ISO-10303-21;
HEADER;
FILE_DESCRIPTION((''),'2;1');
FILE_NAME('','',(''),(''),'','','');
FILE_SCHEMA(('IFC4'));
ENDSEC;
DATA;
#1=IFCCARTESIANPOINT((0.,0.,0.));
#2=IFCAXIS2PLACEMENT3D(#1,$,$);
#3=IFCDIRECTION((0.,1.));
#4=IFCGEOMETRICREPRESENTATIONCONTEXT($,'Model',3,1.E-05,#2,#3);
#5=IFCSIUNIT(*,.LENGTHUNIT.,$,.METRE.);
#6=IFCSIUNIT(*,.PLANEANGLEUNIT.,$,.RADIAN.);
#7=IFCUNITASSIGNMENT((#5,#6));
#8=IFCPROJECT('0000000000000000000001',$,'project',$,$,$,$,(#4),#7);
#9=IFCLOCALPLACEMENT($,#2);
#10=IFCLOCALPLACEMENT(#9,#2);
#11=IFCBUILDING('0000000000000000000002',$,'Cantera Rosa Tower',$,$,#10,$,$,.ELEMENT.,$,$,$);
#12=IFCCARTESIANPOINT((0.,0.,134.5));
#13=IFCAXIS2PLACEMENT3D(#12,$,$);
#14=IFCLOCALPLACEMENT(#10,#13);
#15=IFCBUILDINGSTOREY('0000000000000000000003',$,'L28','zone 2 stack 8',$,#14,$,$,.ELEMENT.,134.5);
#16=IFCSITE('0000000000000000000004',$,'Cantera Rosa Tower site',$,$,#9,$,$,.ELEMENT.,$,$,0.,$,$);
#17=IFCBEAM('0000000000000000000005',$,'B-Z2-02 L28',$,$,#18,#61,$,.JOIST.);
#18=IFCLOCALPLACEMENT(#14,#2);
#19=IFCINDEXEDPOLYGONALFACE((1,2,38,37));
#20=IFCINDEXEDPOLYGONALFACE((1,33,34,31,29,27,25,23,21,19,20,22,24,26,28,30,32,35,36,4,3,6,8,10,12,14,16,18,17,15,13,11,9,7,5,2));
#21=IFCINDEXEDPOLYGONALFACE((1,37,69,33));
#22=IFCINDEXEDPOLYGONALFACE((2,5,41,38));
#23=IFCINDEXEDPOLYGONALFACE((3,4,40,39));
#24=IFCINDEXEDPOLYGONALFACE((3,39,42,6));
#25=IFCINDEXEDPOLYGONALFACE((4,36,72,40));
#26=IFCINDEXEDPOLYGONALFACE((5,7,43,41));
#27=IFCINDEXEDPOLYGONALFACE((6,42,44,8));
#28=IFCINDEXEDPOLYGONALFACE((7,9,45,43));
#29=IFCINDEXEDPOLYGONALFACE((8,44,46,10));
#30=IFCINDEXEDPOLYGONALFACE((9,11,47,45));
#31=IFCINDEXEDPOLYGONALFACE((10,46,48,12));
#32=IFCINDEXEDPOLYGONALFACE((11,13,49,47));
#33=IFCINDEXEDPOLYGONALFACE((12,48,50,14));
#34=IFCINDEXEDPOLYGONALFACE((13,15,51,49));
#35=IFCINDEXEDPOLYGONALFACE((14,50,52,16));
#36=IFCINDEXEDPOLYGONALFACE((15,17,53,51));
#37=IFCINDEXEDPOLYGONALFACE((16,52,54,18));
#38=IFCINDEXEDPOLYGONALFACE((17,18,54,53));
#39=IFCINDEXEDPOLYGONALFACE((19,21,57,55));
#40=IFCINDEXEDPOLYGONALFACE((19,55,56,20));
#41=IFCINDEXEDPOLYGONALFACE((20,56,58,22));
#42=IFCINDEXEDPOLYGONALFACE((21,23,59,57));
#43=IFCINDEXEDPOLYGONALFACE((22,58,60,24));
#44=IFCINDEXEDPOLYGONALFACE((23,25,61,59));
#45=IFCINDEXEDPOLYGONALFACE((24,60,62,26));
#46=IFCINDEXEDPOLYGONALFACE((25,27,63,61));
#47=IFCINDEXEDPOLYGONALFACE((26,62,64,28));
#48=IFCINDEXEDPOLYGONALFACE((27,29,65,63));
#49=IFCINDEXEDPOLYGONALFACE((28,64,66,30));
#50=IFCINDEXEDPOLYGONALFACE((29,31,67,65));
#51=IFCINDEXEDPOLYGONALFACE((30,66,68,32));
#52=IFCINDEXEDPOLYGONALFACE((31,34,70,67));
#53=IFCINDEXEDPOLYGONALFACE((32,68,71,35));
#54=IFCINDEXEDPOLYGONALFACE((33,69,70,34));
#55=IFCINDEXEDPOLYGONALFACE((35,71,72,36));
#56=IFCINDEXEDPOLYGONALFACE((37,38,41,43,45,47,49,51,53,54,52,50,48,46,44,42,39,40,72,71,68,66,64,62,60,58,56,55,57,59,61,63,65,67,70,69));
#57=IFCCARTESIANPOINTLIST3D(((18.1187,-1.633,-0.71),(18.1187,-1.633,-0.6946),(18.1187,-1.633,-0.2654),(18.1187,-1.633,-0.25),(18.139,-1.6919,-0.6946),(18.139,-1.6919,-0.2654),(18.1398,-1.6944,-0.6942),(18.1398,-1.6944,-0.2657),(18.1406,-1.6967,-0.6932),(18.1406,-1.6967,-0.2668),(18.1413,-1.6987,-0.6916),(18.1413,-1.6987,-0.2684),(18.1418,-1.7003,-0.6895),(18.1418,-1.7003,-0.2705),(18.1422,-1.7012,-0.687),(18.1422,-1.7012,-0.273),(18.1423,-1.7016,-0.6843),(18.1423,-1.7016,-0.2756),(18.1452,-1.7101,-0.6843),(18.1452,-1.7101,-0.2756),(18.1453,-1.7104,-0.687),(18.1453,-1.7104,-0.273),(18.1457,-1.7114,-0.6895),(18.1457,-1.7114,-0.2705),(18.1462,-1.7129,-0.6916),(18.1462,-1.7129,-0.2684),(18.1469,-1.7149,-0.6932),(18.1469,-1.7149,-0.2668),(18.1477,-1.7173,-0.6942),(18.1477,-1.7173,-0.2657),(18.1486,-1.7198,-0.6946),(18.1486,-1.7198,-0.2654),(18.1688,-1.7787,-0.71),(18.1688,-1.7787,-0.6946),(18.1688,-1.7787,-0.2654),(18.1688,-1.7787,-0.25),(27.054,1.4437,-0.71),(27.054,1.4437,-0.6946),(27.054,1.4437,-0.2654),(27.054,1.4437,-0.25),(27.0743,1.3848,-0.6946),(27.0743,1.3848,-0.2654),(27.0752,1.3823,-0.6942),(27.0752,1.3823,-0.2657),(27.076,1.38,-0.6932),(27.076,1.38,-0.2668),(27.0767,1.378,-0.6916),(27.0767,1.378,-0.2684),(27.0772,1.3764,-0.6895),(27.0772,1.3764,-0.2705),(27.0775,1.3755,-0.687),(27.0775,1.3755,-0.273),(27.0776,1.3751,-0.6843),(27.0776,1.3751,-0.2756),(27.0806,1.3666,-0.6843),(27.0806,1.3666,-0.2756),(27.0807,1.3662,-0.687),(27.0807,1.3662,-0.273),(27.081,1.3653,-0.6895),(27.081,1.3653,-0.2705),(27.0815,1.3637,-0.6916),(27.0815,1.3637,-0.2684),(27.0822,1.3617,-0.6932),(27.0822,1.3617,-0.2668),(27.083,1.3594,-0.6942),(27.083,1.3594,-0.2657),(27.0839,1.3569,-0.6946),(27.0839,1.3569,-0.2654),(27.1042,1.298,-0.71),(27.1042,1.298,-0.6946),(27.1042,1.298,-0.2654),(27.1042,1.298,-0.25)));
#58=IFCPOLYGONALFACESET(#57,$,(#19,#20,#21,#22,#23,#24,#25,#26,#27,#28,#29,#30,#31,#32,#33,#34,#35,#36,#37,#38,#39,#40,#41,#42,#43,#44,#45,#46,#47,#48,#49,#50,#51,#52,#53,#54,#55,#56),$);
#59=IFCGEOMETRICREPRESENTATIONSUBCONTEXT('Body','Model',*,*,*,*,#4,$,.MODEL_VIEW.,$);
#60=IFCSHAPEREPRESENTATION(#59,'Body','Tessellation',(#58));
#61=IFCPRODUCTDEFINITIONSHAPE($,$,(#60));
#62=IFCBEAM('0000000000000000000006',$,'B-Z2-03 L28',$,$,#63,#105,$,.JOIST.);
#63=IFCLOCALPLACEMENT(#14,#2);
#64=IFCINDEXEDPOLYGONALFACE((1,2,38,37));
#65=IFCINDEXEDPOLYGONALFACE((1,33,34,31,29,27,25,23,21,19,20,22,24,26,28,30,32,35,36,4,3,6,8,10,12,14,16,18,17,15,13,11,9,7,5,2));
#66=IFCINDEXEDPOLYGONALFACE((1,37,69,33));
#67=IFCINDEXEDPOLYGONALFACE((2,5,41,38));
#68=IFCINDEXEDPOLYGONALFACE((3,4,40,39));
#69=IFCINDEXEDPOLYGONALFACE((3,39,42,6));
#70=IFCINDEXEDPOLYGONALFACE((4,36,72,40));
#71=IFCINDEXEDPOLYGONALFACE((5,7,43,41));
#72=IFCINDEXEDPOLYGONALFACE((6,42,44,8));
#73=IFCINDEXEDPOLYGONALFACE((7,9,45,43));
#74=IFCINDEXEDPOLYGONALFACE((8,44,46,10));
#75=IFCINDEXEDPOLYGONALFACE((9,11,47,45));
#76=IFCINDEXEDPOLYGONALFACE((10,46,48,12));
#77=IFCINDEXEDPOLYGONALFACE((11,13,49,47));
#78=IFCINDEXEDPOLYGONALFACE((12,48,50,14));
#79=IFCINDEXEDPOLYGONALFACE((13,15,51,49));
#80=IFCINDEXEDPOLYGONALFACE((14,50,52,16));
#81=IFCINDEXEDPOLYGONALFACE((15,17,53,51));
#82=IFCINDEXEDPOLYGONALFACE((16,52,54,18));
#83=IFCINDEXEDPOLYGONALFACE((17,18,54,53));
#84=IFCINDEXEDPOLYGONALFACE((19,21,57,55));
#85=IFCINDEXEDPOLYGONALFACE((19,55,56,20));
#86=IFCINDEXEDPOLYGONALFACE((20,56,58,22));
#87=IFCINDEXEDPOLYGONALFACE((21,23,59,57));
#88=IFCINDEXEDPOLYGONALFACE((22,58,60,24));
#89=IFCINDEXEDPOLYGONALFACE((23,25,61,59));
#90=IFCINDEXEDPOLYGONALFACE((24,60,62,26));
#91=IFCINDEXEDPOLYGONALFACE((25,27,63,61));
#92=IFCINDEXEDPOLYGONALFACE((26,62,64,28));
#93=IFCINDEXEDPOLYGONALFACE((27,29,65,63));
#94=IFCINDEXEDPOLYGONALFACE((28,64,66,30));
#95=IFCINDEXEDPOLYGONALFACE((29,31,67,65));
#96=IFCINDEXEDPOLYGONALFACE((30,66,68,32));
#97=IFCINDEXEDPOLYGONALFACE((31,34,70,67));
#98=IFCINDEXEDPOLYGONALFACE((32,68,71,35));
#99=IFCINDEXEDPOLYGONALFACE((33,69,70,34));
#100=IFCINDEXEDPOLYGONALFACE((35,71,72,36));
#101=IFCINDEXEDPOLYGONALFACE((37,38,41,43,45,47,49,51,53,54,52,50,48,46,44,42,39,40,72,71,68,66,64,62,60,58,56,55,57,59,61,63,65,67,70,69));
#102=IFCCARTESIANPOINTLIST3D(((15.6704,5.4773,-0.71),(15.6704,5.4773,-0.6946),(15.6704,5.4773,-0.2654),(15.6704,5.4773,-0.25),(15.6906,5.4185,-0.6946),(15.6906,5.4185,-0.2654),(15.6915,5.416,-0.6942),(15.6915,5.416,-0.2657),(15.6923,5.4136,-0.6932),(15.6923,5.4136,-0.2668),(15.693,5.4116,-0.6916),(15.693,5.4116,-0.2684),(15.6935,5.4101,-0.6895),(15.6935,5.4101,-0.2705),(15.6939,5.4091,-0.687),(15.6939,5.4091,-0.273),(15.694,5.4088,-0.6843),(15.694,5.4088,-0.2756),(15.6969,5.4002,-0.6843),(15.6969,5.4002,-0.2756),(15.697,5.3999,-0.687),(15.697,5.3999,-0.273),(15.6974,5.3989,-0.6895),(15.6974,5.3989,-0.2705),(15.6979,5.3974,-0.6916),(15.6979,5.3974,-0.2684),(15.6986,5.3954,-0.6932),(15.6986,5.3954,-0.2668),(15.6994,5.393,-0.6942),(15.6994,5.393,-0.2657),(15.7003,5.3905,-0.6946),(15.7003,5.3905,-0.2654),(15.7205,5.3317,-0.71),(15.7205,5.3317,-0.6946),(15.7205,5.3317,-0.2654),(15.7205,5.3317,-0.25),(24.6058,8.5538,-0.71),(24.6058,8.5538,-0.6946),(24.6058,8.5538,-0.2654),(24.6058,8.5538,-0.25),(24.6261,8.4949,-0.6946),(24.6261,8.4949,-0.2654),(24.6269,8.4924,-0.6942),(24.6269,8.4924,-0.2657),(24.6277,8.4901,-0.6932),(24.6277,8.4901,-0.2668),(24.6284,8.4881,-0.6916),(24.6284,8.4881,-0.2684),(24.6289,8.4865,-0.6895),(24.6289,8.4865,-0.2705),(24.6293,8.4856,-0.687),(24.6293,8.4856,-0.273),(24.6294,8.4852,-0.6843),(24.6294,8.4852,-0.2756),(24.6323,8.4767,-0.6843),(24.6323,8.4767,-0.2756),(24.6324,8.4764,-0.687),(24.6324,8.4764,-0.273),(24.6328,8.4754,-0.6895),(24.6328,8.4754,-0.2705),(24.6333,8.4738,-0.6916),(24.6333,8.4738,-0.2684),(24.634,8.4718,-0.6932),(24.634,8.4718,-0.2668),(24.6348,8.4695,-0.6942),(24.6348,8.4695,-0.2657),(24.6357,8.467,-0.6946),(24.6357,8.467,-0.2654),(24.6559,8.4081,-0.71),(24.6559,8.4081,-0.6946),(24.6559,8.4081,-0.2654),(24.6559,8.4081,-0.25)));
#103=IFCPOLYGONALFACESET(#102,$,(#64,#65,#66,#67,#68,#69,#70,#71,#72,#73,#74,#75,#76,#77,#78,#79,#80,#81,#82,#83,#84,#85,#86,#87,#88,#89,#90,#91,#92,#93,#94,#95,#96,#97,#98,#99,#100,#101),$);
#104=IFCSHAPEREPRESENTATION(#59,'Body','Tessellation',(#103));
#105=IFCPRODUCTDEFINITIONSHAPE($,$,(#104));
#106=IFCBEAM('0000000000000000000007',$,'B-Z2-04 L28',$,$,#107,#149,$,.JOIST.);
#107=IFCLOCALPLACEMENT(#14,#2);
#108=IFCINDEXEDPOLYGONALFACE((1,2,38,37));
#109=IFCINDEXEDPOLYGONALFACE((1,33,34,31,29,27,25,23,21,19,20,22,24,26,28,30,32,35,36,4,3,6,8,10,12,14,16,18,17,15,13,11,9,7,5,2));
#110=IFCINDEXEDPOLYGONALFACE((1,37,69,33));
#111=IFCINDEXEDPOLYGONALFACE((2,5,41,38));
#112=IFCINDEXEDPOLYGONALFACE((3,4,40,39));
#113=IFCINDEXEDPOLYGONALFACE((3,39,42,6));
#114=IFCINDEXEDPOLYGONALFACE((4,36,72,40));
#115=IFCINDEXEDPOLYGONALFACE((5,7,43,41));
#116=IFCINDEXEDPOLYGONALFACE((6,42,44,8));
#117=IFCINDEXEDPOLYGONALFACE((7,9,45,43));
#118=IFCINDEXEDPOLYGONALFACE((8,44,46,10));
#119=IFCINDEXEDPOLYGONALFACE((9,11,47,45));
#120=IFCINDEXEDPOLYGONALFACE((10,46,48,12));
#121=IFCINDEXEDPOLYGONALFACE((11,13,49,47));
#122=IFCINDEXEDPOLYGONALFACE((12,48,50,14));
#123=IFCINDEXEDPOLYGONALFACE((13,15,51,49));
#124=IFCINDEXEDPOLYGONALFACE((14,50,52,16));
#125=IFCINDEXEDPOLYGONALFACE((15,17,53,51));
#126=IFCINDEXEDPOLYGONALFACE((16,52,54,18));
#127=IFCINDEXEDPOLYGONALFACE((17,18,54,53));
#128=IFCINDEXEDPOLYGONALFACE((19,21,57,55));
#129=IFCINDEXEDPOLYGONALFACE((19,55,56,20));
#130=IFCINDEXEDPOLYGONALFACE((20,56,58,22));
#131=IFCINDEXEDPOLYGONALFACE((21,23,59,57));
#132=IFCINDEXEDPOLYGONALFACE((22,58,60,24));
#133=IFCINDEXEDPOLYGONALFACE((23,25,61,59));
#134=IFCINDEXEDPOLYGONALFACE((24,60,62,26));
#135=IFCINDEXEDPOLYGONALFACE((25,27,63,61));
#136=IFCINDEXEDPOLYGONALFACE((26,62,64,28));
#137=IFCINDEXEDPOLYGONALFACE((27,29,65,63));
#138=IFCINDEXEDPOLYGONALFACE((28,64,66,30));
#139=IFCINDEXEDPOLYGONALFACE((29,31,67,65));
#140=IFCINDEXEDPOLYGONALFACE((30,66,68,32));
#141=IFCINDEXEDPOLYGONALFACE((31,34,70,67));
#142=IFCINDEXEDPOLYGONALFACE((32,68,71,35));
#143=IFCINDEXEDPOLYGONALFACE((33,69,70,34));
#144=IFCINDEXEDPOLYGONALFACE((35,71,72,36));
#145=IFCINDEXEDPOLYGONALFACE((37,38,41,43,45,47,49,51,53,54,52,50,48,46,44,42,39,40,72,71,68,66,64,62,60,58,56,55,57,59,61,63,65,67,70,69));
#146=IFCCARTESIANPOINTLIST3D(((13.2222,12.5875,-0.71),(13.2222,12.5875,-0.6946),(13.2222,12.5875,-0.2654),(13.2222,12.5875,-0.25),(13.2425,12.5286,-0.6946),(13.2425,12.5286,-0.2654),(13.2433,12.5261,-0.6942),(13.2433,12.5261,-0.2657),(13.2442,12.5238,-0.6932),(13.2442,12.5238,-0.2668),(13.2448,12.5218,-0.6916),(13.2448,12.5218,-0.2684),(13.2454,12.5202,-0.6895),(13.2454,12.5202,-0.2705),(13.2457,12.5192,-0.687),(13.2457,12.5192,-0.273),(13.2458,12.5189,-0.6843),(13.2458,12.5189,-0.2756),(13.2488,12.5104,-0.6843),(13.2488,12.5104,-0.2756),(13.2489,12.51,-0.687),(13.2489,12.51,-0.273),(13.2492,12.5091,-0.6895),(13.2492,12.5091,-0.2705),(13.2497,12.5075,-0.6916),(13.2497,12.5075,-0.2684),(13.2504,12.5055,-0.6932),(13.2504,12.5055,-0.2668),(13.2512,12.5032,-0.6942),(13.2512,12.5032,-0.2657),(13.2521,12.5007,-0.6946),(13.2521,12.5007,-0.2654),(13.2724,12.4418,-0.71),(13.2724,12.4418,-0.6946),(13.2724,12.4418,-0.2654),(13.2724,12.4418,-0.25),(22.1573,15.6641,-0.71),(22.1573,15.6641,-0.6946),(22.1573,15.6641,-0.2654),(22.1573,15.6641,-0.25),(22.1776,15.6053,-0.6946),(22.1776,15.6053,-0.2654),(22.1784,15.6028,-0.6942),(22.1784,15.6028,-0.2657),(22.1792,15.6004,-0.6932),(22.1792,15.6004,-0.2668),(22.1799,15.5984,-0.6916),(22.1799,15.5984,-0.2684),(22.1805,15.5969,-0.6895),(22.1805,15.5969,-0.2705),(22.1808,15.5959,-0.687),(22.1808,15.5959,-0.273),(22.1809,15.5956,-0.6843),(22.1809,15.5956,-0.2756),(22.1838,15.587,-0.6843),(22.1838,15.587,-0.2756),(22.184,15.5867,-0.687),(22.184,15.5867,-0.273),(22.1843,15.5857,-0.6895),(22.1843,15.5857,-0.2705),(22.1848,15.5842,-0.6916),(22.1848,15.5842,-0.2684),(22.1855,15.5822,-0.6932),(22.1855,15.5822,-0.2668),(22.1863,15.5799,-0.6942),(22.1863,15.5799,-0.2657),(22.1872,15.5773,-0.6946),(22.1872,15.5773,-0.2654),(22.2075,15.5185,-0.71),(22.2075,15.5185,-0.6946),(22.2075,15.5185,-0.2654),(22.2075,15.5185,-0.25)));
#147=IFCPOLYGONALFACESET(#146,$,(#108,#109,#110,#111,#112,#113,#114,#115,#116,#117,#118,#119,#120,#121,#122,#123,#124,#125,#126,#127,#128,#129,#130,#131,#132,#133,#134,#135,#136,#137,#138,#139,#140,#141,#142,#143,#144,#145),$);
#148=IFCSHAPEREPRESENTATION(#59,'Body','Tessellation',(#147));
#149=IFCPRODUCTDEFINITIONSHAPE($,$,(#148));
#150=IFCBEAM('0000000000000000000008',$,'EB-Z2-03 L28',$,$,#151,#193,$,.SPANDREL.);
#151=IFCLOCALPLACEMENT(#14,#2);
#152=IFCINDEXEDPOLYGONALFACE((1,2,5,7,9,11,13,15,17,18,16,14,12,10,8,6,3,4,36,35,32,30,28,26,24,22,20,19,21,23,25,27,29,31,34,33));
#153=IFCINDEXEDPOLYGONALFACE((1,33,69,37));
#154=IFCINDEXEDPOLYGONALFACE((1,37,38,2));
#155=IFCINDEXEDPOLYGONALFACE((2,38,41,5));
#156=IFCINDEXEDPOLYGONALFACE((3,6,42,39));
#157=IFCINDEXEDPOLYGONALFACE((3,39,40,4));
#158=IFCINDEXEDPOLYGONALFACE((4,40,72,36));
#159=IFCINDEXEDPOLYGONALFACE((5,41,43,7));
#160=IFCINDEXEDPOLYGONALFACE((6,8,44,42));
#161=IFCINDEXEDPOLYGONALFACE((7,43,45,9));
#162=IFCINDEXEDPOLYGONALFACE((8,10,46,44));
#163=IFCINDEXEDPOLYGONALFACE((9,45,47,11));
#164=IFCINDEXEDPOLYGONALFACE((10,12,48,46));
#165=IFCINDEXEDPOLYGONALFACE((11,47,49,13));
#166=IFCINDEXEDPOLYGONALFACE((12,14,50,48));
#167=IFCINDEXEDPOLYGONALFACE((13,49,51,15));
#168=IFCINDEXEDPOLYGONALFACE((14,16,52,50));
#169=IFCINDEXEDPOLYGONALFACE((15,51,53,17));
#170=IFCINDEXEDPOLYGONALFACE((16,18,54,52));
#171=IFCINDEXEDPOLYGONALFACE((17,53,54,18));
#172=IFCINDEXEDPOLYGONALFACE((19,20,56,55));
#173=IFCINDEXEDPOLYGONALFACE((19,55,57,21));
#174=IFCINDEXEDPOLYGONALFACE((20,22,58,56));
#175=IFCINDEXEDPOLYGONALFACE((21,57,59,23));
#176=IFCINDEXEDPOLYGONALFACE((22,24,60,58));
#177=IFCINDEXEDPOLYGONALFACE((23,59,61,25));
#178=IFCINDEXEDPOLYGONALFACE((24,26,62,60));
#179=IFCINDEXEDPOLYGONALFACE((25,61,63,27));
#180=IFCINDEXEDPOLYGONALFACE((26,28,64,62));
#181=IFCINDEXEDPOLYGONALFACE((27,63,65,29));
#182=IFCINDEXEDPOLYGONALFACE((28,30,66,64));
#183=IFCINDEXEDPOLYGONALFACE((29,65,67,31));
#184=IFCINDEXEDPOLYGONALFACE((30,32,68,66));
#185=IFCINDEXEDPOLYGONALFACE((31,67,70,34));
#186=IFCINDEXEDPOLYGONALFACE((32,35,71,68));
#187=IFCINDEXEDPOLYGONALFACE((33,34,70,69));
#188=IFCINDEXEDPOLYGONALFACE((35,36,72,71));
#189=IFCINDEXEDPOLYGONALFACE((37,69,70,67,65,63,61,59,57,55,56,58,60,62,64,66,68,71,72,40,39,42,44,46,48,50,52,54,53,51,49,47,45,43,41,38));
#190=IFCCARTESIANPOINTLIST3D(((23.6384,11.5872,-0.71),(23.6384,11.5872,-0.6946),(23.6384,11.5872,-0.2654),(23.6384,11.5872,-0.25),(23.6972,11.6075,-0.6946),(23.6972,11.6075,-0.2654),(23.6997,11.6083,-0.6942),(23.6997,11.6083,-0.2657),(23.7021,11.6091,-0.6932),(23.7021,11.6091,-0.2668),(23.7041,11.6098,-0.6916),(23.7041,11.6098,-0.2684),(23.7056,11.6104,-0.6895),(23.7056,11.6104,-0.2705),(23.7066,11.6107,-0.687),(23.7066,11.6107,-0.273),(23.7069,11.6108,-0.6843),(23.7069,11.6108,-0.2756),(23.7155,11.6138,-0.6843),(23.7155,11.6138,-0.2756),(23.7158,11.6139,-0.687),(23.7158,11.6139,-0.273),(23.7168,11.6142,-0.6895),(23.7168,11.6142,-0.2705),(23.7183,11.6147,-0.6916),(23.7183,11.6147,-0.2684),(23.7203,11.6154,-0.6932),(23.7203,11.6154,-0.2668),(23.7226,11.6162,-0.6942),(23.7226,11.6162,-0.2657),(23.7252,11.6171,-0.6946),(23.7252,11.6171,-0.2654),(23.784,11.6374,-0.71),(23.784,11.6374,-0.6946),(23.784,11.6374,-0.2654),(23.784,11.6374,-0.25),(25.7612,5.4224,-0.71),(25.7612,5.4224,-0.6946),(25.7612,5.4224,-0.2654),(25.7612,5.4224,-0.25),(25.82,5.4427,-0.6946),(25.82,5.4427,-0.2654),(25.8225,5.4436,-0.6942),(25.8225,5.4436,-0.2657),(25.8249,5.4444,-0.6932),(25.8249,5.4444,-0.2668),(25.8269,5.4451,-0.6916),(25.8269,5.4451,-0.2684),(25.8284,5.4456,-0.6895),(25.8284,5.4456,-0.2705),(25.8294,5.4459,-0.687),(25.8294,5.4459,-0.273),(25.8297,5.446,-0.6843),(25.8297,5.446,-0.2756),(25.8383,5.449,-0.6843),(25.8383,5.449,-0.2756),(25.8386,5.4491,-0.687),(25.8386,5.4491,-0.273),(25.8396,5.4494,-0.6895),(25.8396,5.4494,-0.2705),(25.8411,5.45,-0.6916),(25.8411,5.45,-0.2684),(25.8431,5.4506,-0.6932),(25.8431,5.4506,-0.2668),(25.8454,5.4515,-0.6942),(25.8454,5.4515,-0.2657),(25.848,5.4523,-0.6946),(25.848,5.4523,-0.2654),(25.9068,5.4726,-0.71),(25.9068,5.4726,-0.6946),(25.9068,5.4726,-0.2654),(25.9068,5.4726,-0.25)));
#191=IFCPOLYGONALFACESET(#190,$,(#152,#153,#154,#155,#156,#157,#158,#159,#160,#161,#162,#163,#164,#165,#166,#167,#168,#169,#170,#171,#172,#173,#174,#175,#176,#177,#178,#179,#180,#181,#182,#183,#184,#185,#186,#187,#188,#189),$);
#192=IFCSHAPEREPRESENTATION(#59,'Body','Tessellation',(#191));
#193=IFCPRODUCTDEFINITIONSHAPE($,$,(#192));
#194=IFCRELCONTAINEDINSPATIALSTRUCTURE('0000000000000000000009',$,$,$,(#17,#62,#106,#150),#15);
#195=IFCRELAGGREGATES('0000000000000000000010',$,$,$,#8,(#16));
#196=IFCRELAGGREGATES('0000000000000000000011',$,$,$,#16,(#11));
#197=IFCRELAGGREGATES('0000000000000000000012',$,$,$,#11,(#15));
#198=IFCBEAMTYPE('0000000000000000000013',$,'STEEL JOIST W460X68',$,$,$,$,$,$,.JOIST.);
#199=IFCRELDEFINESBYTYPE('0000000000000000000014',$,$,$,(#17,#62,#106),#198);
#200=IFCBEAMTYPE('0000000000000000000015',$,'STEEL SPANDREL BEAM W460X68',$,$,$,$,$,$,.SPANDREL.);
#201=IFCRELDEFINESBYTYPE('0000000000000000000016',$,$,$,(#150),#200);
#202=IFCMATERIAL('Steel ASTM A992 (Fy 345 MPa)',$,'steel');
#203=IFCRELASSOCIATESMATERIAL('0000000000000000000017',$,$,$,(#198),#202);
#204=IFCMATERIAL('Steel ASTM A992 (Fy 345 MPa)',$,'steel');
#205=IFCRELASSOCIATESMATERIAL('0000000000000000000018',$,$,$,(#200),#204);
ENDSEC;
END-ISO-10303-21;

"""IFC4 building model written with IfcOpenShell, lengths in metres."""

from ifc_helpers import new_model, si_unit, direction, frame, origin, origin_2d, place, context, subcontext, project, spatial, i_section, extrude, material, material_profile, profile_set, type_object, element, save


model = new_model("IFC4")

# Units and contexts
model_context = context("Model", 3, precision=1e-05, world=origin(), true_north=direction((0.0, 1.0)))
body_context = subcontext(model_context, "Body", "Model", "MODEL_VIEW")
ifc_project = project(units=[si_unit("LENGTHUNIT", "METRE"), si_unit("PLANEANGLEUNIT", "RADIAN")], contexts=[model_context])

# Site, building, storey
site_placement = place(None, origin())
site = spatial("IfcSite", under=ifc_project, at=site_placement, Name="Cantera Rosa Tower site", CompositionType="ELEMENT", RefElevation=0.0)
building_placement = place(site_placement, origin())
building = spatial("IfcBuilding", under=site, at=building_placement, Name="Cantera Rosa Tower", CompositionType="ELEMENT")
storey_placement = place(building_placement, frame((0.0, 0.0, 134.5)))
storey = spatial("IfcBuildingStorey", under=building, at=storey_placement, Name="L28", Description="zone 2 stack 8", CompositionType="ELEMENT", Elevation=134.5)

# Beams
ifc_material_1 = material(Name="Steel ASTM A992 (Fy 345 MPa)", Category="steel")
ifc_material_profile_1 = material_profile(ifc_material_1, i_section(OverallWidth=0.1541, OverallDepth=0.46, WebThickness=0.009, FlangeThickness=0.0154, FilletRadius=0.0103, at=origin_2d()), Name="W460X68")
ifc_profile_set_1 = profile_set([ifc_material_profile_1], Name="Steel ASTM A992 (Fy 345 MPa)")
beam_type_1 = type_object("IfcBeamType", Name="STEEL JOIST W460X68", PredefinedType="JOIST", material=ifc_profile_set_1)
for number, where, z_axis, x_axis, name in (
    (1, (27.0791, 1.3708, -0.48), (-0.945519, -0.325567, 0.0), (0.325567, -0.945519, 0.0), "B-Z2-02 L28"),
    (2, (24.6309, 8.481, -0.48), (-0.945527, -0.325544, 0.0), (0.325544, -0.945527, 0.0), "B-Z2-03 L28"),
):
    element("IfcBeam", number, at=place(storey_placement, frame(where, z_axis=z_axis, x_axis=x_axis)), inside=storey, type_object=beam_type_1, Name=name, PredefinedType="JOIST", context=body_context, shape_type="SweptSolid", body=[
        extrude(i_section(OverallWidth=0.1541, OverallDepth=0.46, WebThickness=0.009, FlangeThickness=0.0154, FilletRadius=0.0103, at=origin_2d()), origin(), (0.0, 0.0, 1.0), 9.4502),
    ])
beam_1_placement = place(storey_placement, frame((22.1824, 15.5913, -0.48), z_axis=(-0.945516, -0.325575, 0.0), x_axis=(0.325575, -0.945516, 0.0)))
element("IfcBeam", 3, at=beam_1_placement, inside=storey, type_object=beam_type_1, Name="B-Z2-04 L28", PredefinedType="JOIST", context=body_context, shape_type="SweptSolid", body=[
    extrude(i_section(OverallWidth=0.1541, OverallDepth=0.46, WebThickness=0.009, FlangeThickness=0.0154, FilletRadius=0.0103, at=origin_2d()), origin(), (0.0, 0.0, 1.0), 9.45),
])
ifc_material_2 = material(Name="Steel ASTM A992 (Fy 345 MPa)", Category="steel")
ifc_material_profile_2 = material_profile(ifc_material_2, i_section(OverallWidth=0.1541, OverallDepth=0.46, WebThickness=0.009, FlangeThickness=0.0154, FilletRadius=0.0103, at=origin_2d()), Name="W460X68")
ifc_profile_set_2 = profile_set([ifc_material_profile_2], Name="Steel ASTM A992 (Fy 345 MPa)")
beam_type_2 = type_object("IfcBeamType", Name="STEEL SPANDREL BEAM W460X68", PredefinedType="SPANDREL", material=ifc_profile_set_2)
for number, where, z_axis, x_axis, name in (
    (4, (25.834, 5.4475, -0.48), (-0.325581, 0.945514, 0.0), (-0.945514, -0.325581, 0.0), "EB-Z2-03 L28"),
):
    element("IfcBeam", number, at=place(storey_placement, frame(where, z_axis=z_axis, x_axis=x_axis)), inside=storey, type_object=beam_type_2, Name=name, PredefinedType="SPANDREL", context=body_context, shape_type="SweptSolid", body=[
        extrude(i_section(OverallWidth=0.1541, OverallDepth=0.46, WebThickness=0.009, FlangeThickness=0.0154, FilletRadius=0.0103, at=origin_2d()), origin(), (0.0, 0.0, 1.0), 6.52),
    ])

save(model, "model.ifc")
